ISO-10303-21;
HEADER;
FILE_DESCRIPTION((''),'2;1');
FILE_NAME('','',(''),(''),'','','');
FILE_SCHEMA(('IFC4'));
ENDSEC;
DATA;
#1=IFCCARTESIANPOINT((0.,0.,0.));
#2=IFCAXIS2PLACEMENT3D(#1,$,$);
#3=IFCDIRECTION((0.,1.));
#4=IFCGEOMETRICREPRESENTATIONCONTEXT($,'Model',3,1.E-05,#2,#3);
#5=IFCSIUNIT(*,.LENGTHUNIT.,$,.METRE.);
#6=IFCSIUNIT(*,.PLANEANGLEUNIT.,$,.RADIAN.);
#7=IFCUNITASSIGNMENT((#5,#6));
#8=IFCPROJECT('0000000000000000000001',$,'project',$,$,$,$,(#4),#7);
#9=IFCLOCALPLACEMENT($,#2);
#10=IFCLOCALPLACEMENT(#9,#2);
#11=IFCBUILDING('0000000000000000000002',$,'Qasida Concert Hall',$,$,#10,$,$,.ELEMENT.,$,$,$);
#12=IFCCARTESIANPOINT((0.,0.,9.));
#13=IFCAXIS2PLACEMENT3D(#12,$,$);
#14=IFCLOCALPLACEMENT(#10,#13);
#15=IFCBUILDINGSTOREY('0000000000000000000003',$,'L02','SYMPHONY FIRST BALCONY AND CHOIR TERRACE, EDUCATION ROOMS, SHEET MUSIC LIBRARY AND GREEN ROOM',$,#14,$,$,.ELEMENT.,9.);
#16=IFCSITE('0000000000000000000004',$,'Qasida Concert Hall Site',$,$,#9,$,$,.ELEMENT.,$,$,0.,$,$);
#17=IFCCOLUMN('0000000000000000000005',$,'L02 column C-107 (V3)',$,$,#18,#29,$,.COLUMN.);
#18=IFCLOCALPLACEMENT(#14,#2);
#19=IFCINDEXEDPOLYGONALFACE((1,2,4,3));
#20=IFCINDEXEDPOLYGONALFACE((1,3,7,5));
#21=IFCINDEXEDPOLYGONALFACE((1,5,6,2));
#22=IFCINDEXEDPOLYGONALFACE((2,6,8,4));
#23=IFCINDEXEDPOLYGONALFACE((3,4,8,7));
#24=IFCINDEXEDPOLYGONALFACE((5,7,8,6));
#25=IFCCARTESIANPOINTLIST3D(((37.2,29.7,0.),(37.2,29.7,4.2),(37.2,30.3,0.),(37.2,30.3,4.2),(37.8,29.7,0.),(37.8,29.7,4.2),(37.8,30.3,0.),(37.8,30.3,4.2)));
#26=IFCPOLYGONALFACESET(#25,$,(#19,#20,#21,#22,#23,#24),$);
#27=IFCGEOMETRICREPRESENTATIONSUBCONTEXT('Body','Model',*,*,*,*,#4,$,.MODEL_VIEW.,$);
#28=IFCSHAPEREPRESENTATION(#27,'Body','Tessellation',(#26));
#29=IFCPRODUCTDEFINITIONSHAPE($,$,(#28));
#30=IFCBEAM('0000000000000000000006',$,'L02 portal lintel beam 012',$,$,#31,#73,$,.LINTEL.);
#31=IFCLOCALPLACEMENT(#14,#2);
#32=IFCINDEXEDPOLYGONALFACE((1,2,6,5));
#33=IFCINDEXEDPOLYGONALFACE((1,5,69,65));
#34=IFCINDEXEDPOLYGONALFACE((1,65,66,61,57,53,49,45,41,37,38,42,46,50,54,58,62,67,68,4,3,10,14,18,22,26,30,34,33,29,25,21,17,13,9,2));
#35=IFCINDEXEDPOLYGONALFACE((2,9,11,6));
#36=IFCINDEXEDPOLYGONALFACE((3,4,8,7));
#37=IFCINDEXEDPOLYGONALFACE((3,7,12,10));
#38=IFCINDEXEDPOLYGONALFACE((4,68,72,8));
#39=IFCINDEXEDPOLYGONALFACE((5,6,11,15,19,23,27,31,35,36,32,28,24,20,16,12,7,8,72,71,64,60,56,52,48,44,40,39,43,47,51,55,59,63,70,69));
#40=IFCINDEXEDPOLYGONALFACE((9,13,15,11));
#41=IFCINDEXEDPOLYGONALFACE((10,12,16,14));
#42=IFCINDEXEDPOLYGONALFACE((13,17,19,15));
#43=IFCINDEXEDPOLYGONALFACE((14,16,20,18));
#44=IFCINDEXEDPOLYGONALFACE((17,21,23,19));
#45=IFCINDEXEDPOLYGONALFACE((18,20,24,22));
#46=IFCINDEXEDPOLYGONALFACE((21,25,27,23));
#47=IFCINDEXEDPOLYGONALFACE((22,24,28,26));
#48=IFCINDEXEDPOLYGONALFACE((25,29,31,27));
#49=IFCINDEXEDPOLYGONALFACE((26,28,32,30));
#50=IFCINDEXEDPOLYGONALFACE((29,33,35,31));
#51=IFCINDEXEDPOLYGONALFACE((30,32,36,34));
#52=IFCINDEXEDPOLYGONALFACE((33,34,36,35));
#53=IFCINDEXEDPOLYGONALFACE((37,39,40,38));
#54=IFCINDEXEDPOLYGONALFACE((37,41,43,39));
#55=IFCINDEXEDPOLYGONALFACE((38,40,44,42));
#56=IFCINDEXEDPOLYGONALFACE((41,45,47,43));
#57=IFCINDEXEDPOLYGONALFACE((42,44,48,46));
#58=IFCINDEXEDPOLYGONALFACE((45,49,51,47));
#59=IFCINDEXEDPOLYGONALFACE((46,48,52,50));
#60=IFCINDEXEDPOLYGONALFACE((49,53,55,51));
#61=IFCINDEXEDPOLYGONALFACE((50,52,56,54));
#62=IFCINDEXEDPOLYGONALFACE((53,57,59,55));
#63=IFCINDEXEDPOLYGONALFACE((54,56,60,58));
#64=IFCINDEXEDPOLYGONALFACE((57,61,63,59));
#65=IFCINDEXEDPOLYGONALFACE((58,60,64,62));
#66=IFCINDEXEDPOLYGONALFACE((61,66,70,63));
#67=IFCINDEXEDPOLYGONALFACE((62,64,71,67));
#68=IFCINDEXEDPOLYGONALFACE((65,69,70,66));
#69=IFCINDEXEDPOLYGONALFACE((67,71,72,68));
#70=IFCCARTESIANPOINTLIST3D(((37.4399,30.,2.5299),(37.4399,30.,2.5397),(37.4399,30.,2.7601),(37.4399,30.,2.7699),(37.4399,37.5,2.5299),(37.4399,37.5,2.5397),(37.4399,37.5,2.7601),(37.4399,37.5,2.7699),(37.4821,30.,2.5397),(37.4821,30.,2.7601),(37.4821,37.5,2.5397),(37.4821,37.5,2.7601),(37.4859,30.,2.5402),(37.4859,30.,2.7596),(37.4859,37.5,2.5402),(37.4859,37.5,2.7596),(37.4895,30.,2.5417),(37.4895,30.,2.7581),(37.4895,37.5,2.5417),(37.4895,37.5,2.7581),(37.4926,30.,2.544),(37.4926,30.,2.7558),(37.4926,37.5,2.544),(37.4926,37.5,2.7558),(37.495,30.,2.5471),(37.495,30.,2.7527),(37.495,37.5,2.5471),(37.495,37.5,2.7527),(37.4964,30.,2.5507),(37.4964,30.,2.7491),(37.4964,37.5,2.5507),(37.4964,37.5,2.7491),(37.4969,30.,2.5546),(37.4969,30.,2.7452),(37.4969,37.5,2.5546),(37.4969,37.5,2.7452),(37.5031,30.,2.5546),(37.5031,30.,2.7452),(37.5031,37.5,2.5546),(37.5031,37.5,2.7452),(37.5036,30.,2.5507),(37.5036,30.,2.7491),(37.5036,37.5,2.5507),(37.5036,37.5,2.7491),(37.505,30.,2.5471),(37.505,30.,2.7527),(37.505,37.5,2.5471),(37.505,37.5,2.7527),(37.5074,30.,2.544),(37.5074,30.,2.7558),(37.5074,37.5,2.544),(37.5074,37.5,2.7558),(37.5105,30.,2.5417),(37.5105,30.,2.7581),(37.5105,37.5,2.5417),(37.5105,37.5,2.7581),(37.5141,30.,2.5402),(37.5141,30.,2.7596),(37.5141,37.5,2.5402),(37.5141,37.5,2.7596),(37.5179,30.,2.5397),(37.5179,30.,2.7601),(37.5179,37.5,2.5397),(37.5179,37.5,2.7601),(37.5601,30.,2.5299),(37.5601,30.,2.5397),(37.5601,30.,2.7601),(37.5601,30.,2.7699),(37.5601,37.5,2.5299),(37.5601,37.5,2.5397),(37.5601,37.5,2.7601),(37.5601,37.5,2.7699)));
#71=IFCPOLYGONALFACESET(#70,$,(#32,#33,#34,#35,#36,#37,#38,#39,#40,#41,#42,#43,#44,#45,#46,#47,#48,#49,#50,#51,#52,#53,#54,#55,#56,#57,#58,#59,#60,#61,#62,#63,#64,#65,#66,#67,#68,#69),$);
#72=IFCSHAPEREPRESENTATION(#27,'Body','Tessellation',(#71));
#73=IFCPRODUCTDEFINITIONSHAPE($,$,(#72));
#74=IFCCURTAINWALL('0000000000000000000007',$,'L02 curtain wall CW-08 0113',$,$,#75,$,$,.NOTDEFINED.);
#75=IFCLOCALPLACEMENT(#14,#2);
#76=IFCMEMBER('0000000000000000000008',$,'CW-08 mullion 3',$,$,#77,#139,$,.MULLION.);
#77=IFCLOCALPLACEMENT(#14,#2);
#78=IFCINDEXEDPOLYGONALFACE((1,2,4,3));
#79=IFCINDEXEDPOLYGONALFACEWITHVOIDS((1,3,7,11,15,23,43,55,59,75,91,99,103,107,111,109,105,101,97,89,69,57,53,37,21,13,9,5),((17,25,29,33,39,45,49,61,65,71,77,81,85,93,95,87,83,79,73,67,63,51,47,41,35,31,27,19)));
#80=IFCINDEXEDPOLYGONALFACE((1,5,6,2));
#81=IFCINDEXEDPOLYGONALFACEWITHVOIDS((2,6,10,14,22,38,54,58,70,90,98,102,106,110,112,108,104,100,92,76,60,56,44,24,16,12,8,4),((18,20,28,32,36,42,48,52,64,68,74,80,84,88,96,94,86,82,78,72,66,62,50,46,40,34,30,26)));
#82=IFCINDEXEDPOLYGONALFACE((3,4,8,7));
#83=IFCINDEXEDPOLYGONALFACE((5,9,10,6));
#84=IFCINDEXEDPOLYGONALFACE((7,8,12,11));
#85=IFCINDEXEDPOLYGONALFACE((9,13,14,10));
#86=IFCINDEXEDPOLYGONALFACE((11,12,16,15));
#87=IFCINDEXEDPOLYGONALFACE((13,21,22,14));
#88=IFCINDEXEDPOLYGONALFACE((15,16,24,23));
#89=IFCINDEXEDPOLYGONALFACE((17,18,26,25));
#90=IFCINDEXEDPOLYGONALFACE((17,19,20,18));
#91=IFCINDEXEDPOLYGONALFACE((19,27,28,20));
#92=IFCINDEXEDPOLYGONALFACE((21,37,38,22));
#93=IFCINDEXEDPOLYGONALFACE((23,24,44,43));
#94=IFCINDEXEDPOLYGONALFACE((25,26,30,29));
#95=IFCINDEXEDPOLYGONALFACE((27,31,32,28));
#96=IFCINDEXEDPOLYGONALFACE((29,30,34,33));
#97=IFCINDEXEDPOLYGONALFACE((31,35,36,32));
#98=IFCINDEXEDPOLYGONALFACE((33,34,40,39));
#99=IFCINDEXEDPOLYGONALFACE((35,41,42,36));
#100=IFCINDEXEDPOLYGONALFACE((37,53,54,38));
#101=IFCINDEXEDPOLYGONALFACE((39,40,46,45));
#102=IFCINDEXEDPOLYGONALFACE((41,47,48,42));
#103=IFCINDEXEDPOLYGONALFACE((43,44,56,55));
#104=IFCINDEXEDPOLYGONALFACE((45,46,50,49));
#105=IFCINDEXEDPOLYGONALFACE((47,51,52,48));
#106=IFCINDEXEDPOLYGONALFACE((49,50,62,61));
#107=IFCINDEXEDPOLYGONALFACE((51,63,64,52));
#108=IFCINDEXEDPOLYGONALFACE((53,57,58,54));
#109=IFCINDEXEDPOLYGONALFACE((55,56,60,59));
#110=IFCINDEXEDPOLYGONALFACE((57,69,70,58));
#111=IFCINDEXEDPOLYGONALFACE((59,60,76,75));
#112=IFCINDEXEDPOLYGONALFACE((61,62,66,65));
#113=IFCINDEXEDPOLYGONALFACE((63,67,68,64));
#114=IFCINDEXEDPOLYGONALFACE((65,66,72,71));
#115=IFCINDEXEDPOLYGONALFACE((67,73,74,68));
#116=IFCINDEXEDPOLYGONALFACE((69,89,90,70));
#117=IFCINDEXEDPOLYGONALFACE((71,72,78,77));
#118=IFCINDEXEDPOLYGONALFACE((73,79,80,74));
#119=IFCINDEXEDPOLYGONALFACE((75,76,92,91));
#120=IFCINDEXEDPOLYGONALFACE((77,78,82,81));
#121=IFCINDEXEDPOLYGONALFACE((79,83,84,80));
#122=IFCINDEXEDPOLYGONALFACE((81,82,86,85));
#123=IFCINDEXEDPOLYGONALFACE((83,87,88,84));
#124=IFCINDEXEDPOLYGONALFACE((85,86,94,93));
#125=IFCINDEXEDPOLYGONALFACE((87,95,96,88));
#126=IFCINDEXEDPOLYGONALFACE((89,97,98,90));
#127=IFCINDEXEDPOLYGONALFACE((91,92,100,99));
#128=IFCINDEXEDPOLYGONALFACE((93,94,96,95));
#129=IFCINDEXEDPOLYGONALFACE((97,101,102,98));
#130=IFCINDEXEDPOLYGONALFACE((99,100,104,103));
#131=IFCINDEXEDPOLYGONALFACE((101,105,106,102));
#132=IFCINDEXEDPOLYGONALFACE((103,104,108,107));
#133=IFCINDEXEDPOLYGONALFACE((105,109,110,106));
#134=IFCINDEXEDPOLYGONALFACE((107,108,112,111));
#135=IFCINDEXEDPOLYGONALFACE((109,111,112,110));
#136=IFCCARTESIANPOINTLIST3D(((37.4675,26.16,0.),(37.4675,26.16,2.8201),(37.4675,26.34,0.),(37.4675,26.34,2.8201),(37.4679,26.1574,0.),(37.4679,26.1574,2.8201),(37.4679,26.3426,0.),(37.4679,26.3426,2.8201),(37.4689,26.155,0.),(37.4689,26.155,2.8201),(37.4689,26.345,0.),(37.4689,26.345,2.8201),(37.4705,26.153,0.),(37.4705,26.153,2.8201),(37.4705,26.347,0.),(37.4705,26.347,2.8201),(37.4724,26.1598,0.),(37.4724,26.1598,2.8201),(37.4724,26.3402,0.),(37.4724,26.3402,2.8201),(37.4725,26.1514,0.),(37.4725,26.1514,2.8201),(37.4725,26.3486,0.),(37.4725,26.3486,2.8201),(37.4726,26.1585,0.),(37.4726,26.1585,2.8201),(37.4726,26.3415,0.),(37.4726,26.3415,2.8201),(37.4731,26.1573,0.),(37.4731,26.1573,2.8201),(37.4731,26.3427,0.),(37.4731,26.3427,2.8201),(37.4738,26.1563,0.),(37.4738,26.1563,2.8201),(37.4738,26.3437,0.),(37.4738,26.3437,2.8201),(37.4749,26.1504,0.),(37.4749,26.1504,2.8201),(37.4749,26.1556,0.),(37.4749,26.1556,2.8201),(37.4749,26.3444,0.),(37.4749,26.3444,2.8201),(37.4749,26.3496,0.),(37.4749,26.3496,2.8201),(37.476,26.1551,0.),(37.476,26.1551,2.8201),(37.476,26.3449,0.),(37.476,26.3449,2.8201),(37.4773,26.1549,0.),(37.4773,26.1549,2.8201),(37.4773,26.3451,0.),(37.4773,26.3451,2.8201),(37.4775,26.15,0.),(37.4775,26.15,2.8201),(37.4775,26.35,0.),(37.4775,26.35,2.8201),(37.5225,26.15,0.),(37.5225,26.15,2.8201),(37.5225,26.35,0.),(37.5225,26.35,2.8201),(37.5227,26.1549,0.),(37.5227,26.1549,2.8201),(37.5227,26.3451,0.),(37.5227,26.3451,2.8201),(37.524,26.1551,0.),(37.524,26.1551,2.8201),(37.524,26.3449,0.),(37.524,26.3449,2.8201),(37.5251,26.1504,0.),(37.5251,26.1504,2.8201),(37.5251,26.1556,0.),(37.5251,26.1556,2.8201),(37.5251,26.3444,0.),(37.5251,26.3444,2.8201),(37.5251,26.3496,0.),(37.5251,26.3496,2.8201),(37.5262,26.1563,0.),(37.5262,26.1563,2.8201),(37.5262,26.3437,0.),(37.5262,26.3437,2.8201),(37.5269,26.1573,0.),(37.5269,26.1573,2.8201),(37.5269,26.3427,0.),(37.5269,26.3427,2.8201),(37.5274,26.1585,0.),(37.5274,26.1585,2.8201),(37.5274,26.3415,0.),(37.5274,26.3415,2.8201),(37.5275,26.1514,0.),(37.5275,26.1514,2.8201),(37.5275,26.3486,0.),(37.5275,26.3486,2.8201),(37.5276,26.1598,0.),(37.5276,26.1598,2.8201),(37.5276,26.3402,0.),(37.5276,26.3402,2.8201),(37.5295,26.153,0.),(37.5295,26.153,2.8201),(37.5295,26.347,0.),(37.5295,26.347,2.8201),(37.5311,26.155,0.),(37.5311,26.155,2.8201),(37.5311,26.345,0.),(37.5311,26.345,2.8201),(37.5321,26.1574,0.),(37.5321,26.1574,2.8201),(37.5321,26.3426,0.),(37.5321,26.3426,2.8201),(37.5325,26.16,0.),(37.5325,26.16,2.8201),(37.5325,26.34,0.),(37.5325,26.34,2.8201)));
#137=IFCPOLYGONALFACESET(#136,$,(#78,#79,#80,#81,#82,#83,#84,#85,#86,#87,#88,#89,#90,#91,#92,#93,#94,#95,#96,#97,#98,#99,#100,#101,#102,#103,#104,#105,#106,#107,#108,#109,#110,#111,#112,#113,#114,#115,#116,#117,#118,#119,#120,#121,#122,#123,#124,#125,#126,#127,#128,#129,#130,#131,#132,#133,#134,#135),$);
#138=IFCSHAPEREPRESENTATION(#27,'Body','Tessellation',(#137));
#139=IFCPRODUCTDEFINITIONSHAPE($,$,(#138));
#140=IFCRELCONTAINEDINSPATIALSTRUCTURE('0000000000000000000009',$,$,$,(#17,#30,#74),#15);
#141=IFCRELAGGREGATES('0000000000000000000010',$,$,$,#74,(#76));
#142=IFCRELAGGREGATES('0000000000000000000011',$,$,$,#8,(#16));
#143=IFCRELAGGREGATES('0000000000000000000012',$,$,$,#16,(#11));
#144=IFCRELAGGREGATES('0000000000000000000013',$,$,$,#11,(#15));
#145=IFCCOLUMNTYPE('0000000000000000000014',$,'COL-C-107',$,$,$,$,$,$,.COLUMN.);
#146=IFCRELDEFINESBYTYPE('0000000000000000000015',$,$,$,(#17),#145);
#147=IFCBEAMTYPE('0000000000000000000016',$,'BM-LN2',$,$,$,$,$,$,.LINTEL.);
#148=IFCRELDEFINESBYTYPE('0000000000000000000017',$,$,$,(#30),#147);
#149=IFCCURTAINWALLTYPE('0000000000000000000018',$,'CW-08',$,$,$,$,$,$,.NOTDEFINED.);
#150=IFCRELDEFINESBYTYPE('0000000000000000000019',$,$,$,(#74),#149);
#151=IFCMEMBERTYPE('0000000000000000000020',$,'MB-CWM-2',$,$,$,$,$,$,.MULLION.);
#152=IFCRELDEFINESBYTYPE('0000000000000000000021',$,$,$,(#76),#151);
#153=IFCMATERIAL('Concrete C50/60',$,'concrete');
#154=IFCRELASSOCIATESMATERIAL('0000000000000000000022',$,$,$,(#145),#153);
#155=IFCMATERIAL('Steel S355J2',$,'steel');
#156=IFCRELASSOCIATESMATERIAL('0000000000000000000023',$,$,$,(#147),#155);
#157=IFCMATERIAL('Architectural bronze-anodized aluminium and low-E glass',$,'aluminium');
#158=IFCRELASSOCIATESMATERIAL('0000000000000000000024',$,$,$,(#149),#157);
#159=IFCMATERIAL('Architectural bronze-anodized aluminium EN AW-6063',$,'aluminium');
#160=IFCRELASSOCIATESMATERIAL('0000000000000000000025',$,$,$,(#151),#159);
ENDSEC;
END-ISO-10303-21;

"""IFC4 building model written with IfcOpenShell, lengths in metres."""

from ifc_helpers import new_model, si_unit, direction, frame, origin, origin_2d, place, context, subcontext, project, spatial, rectangle, hollow_rectangle, i_section, extrude, material, material_profile, profile_set, type_object, element, aggregate, save


model = new_model("IFC4")

# Units and contexts
model_context = context("Model", 3, precision=1e-05, world=origin(), true_north=direction((0.0, 1.0)))
body_context = subcontext(model_context, "Body", "Model", "MODEL_VIEW")
ifc_project = project(units=[si_unit("LENGTHUNIT", "METRE"), si_unit("PLANEANGLEUNIT", "RADIAN")], contexts=[model_context])

# Site, building, storey
site_placement = place(None, origin())
site = spatial("IfcSite", under=ifc_project, at=site_placement, Name="Qasida Concert Hall Site", CompositionType="ELEMENT", RefElevation=0.0)
building_placement = place(site_placement, origin())
building = spatial("IfcBuilding", under=site, at=building_placement, Name="Qasida Concert Hall", CompositionType="ELEMENT")
storey_placement = place(building_placement, frame((0.0, 0.0, 9.0)))
storey = spatial("IfcBuildingStorey", under=building, at=storey_placement, Name="L02", Description="SYMPHONY FIRST BALCONY AND CHOIR TERRACE, EDUCATION ROOMS, SHEET MUSIC LIBRARY AND GREEN ROOM", CompositionType="ELEMENT", Elevation=9.0)

# Column
ifc_material_1 = material(Name="Concrete C50/60", Category="concrete")
ifc_material_profile_1 = material_profile(ifc_material_1, rectangle(XDim=0.6001, YDim=0.6001, at=origin_2d()), Name="RC 600x600")
ifc_profile_set_1 = profile_set([ifc_material_profile_1], Name="Concrete C50/60")
column_type = type_object("IfcColumnType", Name="COL-C-107", PredefinedType="COLUMN", material=ifc_profile_set_1)
column_placement = place(storey_placement, frame((37.5, 30.0, 0.0), z_axis=(0.0, 0.0, 1.0), x_axis=(1.0, 0.0, 0.0)))
element("IfcColumn", 1, at=column_placement, inside=storey, type_object=column_type, Name="L02 column C-107 (V3)", PredefinedType="COLUMN", context=body_context, shape_type="SweptSolid", body=[
    extrude(rectangle(XDim=0.6001, YDim=0.6001, at=origin_2d()), origin(), (0.0, 0.0, 1.0), 4.2),
])

# Beam
ifc_material_2 = material(Name="Steel S355J2", Category="steel")
ifc_material_profile_2 = material_profile(ifc_material_2, i_section(OverallWidth=0.1201, OverallDepth=0.24, WebThickness=0.0061, FlangeThickness=0.0098, FilletRadius=0.0149, at=origin_2d()), Name="IPE 240")
ifc_profile_set_2 = profile_set([ifc_material_profile_2], Name="Steel S355J2")
beam_type = type_object("IfcBeamType", Name="BM-LN2", PredefinedType="LINTEL", material=ifc_profile_set_2)
beam_placement = place(storey_placement, frame((37.5, 30.0, 2.6499), z_axis=(0.0, 1.0, 0.0), x_axis=(-1.0, 0.0, 0.0)))
element("IfcBeam", 2, at=beam_placement, inside=storey, type_object=beam_type, Name="L02 portal lintel beam 012", PredefinedType="LINTEL", context=body_context, shape_type="SweptSolid", body=[
    extrude(i_section(OverallWidth=0.1201, OverallDepth=0.24, WebThickness=0.0061, FlangeThickness=0.0098, FilletRadius=0.0149, at=origin_2d()), origin(), (0.0, 0.0, 1.0), 7.5),
])

# Curtain wall, member
ifc_material_3 = material(Name="Architectural bronze-anodized aluminium and low-E glass", Category="aluminium")
curtain_wall_type = type_object("IfcCurtainWallType", Name="CW-08", PredefinedType="NOTDEFINED", material=ifc_material_3)
curtain_wall_1_placement = place(storey_placement, origin())
curtain_wall_1 = element("IfcCurtainWall", 3, at=curtain_wall_1_placement, inside=storey, type_object=curtain_wall_type, Name="L02 curtain wall CW-08 0113", PredefinedType="NOTDEFINED")
ifc_material_4 = material(Name="Architectural bronze-anodized aluminium EN AW-6063", Category="aluminium")
ifc_material_profile_3 = material_profile(ifc_material_4, hollow_rectangle(XDim=0.0649, YDim=0.2, WallThickness=0.0049, InnerFilletRadius=0.0049, OuterFilletRadius=0.01, at=origin_2d()), Name="CWM 200x65x5")
ifc_profile_set_3 = profile_set([ifc_material_profile_3], Name="Architectural bronze-anodized aluminium EN AW-6063")
member_type_1 = type_object("IfcMemberType", Name="MB-CWM-2", PredefinedType="MULLION", material=ifc_profile_set_3)
member_1_placement = place(storey_placement, frame((37.5, 26.25, 0.0), z_axis=(0.0, 0.0, 1.0), x_axis=(-1.0, 0.0, 0.0)))
member_1 = element("IfcMember", 4, at=member_1_placement, type_object=member_type_1, Name="CW-08 mullion 3", PredefinedType="MULLION", context=body_context, shape_type="SweptSolid", body=[
    extrude(hollow_rectangle(XDim=0.0649, YDim=0.2, WallThickness=0.0049, InnerFilletRadius=0.0049, OuterFilletRadius=0.01, at=origin_2d()), origin(), (0.0, 0.0, 1.0), 2.8201),
])

aggregate(curtain_wall_1, [member_1])

save(model, "model.ifc")
